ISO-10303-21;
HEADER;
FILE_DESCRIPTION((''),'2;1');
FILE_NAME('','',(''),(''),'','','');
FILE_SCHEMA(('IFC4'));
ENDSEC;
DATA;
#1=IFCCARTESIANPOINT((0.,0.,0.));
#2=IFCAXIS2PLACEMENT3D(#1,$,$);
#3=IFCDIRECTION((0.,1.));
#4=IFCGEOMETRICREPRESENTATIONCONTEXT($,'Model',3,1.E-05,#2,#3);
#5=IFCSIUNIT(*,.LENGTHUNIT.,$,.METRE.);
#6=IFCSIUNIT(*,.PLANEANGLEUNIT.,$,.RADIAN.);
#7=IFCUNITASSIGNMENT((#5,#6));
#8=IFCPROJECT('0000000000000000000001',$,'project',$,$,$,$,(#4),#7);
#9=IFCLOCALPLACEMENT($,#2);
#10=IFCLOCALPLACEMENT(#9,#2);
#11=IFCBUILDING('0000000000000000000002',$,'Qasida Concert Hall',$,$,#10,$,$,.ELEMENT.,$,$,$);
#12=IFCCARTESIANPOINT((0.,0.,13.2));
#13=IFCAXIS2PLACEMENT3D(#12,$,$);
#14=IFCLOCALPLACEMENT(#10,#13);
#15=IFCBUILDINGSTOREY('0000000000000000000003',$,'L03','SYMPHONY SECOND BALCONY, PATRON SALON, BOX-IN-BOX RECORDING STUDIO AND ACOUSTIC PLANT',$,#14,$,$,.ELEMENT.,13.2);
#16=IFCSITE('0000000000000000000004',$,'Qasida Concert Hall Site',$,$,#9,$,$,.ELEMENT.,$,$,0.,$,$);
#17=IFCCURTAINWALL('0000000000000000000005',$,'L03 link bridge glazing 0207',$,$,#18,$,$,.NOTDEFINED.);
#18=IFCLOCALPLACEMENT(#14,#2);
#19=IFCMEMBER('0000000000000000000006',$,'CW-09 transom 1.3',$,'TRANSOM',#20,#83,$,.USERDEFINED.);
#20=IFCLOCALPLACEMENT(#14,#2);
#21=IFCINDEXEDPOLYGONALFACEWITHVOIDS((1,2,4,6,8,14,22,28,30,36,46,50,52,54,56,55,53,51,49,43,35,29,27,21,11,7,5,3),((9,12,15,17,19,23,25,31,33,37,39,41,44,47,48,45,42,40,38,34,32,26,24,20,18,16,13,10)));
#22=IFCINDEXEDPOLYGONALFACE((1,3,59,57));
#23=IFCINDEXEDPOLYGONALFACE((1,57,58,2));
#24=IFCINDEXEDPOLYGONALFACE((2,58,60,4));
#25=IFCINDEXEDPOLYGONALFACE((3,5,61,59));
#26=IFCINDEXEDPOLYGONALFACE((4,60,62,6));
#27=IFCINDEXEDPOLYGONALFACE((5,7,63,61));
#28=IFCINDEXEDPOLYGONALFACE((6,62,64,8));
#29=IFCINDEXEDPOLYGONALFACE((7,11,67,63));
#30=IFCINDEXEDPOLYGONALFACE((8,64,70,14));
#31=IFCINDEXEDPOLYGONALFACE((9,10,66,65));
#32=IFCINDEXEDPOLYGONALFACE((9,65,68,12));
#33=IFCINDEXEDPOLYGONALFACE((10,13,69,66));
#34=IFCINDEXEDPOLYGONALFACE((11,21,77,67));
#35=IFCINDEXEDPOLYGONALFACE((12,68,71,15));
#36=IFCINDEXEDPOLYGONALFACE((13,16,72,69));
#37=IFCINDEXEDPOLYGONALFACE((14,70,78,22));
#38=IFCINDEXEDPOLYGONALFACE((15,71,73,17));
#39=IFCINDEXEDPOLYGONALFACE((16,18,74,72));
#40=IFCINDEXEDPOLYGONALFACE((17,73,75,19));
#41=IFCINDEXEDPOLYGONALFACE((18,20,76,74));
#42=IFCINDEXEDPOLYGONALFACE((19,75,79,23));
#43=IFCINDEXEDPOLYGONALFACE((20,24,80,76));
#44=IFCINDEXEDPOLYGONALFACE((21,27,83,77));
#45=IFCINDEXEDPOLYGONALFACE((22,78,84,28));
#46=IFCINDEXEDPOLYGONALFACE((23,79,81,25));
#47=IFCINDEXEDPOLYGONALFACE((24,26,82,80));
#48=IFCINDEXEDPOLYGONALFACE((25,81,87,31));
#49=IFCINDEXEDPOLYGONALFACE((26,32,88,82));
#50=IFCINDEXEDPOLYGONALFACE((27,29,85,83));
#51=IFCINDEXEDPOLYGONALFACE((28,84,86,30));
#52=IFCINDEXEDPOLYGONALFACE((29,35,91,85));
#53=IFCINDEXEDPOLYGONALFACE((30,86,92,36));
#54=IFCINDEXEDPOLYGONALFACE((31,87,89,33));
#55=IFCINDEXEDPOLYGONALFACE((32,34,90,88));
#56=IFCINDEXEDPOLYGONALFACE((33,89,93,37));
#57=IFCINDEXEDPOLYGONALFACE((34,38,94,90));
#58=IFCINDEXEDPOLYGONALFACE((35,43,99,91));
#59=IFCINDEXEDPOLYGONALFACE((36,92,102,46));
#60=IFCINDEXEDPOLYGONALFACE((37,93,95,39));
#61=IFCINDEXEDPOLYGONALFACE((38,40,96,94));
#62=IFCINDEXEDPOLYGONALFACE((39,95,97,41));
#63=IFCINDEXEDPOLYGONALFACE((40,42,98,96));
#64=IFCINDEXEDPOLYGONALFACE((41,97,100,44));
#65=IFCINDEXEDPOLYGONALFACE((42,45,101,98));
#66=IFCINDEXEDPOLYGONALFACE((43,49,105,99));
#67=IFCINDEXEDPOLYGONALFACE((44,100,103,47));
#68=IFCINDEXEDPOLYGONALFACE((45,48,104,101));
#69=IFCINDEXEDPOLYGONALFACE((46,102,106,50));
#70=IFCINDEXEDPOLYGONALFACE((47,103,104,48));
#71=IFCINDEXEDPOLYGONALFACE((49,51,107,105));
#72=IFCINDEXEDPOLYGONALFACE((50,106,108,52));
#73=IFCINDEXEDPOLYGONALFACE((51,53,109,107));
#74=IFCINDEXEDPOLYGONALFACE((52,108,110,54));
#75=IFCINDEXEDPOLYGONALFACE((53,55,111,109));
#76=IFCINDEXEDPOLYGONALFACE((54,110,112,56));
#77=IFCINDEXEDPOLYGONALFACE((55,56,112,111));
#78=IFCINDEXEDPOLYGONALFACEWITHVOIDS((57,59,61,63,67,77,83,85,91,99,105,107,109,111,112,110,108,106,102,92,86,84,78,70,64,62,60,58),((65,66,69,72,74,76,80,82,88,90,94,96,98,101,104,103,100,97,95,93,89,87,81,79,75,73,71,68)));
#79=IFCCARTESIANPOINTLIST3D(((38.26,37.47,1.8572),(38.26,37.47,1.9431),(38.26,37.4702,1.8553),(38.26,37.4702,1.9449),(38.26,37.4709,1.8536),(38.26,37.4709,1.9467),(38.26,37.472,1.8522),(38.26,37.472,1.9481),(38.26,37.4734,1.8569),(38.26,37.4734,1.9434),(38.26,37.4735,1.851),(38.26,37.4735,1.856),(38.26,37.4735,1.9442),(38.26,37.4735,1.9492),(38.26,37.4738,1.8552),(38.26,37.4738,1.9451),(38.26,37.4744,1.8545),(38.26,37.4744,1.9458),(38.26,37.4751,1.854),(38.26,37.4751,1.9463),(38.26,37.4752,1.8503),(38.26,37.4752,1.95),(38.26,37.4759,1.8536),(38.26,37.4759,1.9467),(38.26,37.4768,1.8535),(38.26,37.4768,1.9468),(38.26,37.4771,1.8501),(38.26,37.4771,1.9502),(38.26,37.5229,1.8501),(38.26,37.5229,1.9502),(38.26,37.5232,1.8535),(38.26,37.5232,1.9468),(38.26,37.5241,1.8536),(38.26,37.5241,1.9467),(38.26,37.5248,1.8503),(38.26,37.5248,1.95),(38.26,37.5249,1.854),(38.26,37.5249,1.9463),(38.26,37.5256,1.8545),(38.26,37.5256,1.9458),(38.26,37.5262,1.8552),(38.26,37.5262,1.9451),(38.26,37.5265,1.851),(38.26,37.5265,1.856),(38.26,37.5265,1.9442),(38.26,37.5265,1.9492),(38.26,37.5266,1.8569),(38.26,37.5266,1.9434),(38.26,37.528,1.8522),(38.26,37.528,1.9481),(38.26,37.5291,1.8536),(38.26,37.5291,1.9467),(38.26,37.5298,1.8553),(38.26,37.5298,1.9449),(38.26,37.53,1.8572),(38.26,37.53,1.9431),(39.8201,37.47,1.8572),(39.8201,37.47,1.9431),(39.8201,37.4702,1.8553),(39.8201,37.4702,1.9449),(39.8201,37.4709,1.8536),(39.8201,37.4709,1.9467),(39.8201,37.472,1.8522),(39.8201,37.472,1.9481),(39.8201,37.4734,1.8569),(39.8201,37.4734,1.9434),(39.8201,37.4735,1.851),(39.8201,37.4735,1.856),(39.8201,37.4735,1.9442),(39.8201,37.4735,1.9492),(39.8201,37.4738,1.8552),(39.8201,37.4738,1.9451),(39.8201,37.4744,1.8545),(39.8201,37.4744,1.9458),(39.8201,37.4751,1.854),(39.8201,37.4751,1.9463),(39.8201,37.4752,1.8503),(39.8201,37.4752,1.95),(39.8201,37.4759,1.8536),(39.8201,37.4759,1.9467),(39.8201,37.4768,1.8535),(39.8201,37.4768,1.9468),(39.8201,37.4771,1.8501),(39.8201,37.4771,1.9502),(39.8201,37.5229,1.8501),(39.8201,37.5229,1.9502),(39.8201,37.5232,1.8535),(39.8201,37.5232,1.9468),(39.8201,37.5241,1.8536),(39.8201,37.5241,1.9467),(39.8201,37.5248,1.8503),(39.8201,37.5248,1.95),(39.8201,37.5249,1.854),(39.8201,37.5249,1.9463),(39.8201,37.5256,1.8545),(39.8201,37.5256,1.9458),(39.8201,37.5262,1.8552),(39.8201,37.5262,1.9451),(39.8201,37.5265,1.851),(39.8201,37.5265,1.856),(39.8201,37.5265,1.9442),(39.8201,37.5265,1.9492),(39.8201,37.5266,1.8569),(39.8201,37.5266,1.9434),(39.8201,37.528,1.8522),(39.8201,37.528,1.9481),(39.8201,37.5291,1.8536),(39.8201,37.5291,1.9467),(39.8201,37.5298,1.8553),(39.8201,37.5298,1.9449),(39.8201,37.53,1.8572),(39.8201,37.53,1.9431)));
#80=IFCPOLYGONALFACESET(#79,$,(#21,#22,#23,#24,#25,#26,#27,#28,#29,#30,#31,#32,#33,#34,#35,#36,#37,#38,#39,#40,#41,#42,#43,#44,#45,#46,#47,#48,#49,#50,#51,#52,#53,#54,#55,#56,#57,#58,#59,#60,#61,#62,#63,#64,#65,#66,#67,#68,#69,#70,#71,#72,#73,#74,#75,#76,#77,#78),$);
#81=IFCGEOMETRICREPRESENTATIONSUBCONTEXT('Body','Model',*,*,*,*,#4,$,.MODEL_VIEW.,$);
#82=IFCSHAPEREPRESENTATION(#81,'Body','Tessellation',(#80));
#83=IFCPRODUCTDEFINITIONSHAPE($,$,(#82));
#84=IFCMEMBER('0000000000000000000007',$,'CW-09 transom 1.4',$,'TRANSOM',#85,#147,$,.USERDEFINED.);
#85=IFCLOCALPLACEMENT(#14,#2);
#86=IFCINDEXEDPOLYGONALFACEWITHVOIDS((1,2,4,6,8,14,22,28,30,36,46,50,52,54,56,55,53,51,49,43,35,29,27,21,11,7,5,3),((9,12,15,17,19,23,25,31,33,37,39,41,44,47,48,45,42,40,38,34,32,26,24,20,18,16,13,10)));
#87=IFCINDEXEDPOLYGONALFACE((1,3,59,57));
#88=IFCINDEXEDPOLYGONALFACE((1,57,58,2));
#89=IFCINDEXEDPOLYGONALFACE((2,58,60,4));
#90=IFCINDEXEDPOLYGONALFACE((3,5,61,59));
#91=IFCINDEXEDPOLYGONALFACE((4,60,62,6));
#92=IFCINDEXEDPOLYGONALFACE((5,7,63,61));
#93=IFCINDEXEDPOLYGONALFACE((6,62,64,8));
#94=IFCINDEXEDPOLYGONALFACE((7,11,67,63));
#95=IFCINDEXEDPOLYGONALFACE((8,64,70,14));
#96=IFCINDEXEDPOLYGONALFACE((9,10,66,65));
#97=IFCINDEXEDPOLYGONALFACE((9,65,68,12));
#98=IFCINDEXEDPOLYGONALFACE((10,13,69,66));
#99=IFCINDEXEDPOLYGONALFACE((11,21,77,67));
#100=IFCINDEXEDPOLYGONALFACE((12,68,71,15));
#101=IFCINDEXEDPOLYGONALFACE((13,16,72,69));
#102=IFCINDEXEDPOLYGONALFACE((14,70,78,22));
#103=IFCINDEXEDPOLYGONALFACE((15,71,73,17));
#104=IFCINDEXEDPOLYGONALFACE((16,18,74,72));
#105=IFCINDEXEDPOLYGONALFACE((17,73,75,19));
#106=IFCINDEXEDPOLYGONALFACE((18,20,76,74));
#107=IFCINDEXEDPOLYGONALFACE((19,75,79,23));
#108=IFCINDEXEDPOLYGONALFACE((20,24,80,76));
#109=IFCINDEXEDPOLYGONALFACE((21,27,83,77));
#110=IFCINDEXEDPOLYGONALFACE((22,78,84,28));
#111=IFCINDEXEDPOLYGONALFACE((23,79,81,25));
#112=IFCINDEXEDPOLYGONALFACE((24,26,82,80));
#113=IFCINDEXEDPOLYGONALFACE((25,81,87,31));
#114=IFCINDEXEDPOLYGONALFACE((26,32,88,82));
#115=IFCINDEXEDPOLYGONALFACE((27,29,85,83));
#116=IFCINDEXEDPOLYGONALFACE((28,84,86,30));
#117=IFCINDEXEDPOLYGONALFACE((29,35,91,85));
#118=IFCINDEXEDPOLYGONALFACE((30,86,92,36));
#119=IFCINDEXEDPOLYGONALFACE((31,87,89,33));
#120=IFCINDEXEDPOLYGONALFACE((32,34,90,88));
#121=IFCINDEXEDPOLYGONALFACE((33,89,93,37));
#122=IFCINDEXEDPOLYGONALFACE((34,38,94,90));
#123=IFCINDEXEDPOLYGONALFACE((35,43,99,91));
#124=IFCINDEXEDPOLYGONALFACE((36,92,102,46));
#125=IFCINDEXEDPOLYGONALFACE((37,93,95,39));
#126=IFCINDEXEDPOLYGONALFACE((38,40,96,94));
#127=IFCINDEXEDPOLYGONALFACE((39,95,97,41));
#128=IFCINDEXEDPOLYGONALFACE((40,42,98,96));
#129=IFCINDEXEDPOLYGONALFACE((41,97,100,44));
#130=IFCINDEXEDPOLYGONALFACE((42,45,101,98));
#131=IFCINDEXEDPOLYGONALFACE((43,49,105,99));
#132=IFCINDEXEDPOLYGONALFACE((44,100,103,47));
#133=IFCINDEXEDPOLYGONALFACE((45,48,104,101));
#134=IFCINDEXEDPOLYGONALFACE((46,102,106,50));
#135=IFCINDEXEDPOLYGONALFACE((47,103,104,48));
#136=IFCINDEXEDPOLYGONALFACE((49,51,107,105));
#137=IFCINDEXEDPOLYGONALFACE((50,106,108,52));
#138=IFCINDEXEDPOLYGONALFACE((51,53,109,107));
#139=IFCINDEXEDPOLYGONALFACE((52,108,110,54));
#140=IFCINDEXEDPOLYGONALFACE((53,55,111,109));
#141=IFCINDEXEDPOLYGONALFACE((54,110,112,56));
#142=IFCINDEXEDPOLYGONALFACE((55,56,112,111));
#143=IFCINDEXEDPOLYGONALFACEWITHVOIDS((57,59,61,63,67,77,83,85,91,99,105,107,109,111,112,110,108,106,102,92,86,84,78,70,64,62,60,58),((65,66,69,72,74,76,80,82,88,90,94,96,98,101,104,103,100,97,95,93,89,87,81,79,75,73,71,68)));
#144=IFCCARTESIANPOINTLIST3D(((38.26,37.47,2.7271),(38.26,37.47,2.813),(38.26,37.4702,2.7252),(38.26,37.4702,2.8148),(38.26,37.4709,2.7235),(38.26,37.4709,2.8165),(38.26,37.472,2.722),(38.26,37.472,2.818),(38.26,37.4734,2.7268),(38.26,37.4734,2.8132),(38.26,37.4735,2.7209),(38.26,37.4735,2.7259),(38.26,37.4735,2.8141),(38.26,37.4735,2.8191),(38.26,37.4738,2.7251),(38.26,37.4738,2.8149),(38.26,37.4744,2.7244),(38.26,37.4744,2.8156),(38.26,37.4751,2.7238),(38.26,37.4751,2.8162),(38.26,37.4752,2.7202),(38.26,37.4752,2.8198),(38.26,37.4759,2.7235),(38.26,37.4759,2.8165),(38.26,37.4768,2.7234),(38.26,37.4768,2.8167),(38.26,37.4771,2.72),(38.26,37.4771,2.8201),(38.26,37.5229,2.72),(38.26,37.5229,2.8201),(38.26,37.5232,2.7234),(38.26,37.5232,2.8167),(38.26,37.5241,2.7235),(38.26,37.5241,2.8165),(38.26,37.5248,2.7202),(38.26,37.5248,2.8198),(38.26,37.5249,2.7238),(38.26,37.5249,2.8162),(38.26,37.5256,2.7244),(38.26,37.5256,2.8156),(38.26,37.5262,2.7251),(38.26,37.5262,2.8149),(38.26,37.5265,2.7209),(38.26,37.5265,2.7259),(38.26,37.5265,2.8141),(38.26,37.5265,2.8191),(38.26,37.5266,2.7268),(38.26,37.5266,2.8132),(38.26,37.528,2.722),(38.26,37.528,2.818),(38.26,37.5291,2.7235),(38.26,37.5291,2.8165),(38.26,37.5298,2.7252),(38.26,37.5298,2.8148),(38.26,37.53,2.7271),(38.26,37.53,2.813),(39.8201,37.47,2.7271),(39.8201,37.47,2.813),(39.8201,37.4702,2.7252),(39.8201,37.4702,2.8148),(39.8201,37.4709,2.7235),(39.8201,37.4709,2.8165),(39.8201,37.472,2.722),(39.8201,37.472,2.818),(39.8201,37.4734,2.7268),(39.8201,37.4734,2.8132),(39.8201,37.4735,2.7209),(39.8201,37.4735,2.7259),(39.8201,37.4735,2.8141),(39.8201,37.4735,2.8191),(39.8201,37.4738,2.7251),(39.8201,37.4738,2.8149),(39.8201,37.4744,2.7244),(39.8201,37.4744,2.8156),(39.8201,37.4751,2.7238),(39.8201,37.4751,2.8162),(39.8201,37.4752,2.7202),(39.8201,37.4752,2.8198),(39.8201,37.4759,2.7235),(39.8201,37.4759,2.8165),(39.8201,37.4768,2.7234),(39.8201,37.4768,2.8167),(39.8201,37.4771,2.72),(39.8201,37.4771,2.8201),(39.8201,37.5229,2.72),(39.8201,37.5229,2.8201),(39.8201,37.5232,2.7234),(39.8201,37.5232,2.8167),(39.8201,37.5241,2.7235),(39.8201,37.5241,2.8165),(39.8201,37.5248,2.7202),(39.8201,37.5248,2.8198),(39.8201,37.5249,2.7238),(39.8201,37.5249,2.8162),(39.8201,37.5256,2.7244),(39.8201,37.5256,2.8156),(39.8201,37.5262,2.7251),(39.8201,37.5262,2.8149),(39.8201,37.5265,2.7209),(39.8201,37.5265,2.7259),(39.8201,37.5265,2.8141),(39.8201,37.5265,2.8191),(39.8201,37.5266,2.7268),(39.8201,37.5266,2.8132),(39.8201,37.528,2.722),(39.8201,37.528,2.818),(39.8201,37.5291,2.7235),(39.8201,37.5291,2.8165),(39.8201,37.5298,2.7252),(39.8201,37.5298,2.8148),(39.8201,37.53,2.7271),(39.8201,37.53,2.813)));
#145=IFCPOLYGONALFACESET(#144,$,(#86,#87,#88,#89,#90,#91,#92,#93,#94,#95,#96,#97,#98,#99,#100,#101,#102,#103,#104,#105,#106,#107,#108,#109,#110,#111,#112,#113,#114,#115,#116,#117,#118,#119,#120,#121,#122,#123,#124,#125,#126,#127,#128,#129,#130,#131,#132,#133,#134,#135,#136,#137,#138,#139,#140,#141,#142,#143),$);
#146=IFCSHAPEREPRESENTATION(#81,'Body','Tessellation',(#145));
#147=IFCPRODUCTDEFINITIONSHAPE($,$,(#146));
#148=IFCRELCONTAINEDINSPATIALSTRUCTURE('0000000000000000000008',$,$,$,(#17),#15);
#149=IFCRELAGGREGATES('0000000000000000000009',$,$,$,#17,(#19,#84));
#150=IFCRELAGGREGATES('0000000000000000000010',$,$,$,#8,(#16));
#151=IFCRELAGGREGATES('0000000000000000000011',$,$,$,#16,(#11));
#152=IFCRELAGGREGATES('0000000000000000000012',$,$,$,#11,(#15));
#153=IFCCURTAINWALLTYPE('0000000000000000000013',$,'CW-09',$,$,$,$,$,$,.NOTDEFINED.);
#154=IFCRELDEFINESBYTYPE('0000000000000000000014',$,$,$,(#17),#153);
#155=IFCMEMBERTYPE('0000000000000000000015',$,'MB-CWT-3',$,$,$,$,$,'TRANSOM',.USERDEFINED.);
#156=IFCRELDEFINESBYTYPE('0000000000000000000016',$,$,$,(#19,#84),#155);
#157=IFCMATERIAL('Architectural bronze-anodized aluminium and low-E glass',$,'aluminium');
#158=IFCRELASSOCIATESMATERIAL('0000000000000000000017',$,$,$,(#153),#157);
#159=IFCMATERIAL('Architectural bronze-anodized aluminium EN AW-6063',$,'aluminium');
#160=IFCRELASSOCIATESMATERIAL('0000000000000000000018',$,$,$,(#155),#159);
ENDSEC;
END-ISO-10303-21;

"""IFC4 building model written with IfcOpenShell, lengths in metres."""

from ifc_helpers import new_model, si_unit, direction, frame, origin, origin_2d, place, context, subcontext, project, spatial, hollow_rectangle, extrude, material, material_profile, profile_set, type_object, element, aggregate, save


model = new_model("IFC4")

# Units and contexts
model_context = context("Model", 3, precision=1e-05, world=origin(), true_north=direction((0.0, 1.0)))
body_context = subcontext(model_context, "Body", "Model", "MODEL_VIEW")
ifc_project = project(units=[si_unit("LENGTHUNIT", "METRE"), si_unit("PLANEANGLEUNIT", "RADIAN")], contexts=[model_context])

# Site, building, storey
site_placement = place(None, origin())
site = spatial("IfcSite", under=ifc_project, at=site_placement, Name="Qasida Concert Hall Site", CompositionType="ELEMENT", RefElevation=0.0)
building_placement = place(site_placement, origin())
building = spatial("IfcBuilding", under=site, at=building_placement, Name="Qasida Concert Hall", CompositionType="ELEMENT")
storey_placement = place(building_placement, frame((0.0, 0.0, 13.2)))
storey = spatial("IfcBuildingStorey", under=building, at=storey_placement, Name="L03", Description="SYMPHONY SECOND BALCONY, PATRON SALON, BOX-IN-BOX RECORDING STUDIO AND ACOUSTIC PLANT", CompositionType="ELEMENT", Elevation=13.2)

# Curtain wall, members
ifc_material_1 = material(Name="Architectural bronze-anodized aluminium and low-E glass", Category="aluminium")
curtain_wall_type = type_object("IfcCurtainWallType", Name="CW-09", PredefinedType="NOTDEFINED", material=ifc_material_1)
curtain_wall_placement = place(storey_placement, origin())
curtain_wall = element("IfcCurtainWall", 1, at=curtain_wall_placement, inside=storey, type_object=curtain_wall_type, Name="L03 link bridge glazing 0207", PredefinedType="NOTDEFINED")
ifc_material_2 = material(Name="Architectural bronze-anodized aluminium EN AW-6063", Category="aluminium")
ifc_material_profile_1 = material_profile(ifc_material_2, hollow_rectangle(XDim=0.0601, YDim=0.1001, WallThickness=0.0034, InnerFilletRadius=0.0034, OuterFilletRadius=0.0071, at=origin_2d()), Name="CWT 100x60x3.5")
ifc_profile_set_1 = profile_set([ifc_material_profile_1], Name="Architectural bronze-anodized aluminium EN AW-6063")
member_type_1 = type_object("IfcMemberType", Name="MB-CWT-3", ElementType="TRANSOM", PredefinedType="USERDEFINED", material=ifc_profile_set_1)
member_1_placement = place(storey_placement, frame((38.26, 37.5, 1.9001), z_axis=(1.0, 0.0, 0.0), x_axis=(0.0, 1.0, 0.0)))
member_1 = element("IfcMember", 2, at=member_1_placement, type_object=member_type_1, Name="CW-09 transom 1.3", ObjectType="TRANSOM", PredefinedType="USERDEFINED", context=body_context, shape_type="SweptSolid", body=[
    extrude(hollow_rectangle(XDim=0.0601, YDim=0.1001, WallThickness=0.0034, InnerFilletRadius=0.0034, OuterFilletRadius=0.0071, at=origin_2d()), origin(), (0.0, 0.0, 1.0), 1.5601),
])
member_2_placement = place(storey_placement, frame((38.26, 37.5, 2.77), z_axis=(1.0, 0.0, 0.0), x_axis=(0.0, 1.0, 0.0)))
member_2 = element("IfcMember", 3, at=member_2_placement, type_object=member_type_1, Name="CW-09 transom 1.4", ObjectType="TRANSOM", PredefinedType="USERDEFINED", context=body_context, shape_type="SweptSolid", body=[
    extrude(hollow_rectangle(XDim=0.0601, YDim=0.1001, WallThickness=0.0034, InnerFilletRadius=0.0034, OuterFilletRadius=0.0071, at=origin_2d()), origin(), (0.0, 0.0, 1.0), 1.5601),
])
aggregate(curtain_wall, [member_1, member_2])

save(model, "model.ifc")
